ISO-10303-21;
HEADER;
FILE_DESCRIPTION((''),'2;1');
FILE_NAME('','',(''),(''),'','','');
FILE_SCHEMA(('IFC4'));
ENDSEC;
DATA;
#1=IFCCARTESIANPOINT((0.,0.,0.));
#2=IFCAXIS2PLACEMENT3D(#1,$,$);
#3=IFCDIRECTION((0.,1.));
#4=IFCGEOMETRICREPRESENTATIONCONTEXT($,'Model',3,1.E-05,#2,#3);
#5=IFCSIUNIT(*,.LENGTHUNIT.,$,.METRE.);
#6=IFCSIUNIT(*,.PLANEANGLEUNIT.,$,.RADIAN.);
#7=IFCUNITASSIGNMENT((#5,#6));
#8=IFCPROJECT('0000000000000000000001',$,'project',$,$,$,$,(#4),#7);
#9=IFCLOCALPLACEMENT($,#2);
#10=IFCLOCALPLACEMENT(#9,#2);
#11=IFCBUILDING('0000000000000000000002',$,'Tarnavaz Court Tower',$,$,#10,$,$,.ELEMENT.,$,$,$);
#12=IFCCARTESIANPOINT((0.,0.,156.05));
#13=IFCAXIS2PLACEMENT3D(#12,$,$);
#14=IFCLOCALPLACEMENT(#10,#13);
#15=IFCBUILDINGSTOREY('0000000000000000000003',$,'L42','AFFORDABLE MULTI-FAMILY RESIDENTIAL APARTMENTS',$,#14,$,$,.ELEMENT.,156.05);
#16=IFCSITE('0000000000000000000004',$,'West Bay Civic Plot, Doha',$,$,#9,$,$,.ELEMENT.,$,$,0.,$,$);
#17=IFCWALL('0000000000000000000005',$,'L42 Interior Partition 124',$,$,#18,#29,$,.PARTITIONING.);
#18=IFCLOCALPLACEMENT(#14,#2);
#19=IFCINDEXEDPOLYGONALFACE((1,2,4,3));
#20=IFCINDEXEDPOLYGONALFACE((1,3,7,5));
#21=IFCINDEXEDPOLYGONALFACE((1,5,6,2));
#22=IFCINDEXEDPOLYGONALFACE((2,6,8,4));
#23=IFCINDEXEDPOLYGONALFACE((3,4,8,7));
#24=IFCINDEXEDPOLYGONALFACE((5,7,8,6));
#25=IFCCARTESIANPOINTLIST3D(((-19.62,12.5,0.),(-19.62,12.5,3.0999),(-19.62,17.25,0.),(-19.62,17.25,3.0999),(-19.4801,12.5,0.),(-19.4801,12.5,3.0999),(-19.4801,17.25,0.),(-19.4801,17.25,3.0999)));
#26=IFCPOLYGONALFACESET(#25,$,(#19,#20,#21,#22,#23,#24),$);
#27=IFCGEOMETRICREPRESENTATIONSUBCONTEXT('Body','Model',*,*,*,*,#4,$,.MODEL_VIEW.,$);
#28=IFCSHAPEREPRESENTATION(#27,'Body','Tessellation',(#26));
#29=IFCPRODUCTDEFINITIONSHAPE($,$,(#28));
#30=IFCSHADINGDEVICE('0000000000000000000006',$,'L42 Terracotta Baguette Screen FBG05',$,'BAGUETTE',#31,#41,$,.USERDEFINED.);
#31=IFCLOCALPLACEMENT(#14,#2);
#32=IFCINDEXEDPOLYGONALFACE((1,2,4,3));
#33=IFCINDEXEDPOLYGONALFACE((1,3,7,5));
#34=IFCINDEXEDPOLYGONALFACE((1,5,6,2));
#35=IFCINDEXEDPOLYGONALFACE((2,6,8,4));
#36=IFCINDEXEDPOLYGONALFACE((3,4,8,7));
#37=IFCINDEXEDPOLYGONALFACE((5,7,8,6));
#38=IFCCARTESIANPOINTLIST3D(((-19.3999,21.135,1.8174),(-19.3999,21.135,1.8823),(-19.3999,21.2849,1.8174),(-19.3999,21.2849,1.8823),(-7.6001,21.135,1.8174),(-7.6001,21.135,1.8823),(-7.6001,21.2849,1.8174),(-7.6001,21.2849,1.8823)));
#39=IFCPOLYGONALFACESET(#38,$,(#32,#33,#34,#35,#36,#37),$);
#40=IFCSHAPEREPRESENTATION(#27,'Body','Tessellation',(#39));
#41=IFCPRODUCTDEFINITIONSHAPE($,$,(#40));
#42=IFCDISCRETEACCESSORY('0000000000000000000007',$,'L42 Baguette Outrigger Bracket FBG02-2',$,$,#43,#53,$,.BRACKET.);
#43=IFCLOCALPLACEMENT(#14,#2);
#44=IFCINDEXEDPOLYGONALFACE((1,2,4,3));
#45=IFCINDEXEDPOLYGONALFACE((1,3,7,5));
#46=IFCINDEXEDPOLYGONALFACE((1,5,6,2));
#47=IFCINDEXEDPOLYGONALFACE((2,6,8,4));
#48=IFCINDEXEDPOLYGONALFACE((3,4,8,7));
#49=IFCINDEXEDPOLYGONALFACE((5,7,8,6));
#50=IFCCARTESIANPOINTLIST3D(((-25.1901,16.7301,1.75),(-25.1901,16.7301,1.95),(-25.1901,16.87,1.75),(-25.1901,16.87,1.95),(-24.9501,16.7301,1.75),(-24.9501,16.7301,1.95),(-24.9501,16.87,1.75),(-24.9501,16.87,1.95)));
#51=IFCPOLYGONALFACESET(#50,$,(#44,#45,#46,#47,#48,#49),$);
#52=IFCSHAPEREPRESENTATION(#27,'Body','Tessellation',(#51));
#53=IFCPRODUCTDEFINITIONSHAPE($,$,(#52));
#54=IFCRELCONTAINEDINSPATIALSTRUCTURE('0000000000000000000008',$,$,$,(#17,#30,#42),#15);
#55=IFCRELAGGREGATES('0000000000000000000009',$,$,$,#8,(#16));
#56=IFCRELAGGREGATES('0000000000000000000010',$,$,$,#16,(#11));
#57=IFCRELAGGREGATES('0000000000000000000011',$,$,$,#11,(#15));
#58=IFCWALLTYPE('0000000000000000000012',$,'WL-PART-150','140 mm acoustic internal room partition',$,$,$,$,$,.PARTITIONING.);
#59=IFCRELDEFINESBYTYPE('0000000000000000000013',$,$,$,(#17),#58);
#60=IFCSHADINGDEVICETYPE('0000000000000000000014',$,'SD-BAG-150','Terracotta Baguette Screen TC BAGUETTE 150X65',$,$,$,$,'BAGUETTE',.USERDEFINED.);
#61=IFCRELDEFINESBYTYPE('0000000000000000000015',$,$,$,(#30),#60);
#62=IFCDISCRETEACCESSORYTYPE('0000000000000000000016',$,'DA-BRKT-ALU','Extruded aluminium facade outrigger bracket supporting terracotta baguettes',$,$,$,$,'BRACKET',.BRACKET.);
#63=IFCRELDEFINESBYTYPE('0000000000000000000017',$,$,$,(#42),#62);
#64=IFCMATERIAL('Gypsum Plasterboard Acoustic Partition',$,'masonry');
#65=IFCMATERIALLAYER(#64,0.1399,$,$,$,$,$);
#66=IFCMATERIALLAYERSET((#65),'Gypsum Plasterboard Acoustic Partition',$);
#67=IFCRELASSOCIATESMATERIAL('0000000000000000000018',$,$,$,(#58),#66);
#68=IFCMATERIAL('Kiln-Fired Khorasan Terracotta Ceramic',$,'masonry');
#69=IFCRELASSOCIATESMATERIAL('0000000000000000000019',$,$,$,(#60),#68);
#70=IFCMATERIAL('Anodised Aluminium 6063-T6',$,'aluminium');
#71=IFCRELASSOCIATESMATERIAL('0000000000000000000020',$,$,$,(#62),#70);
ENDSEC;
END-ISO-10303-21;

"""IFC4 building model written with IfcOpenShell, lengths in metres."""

from ifc_helpers import new_model, si_unit, direction, frame, frame_2d, origin, origin_2d, place, context, subcontext, project, spatial, rectangle, extrude, material, layer, layer_set, material_profile, profile_set, type_object, element, save


model = new_model("IFC4")

# Units and contexts
model_context = context("Model", 3, precision=1e-05, world=origin(), true_north=direction((0.0, 1.0)))
body_context = subcontext(model_context, "Body", "Model", "MODEL_VIEW")
ifc_project = project(units=[si_unit("LENGTHUNIT", "METRE"), si_unit("PLANEANGLEUNIT", "RADIAN")], contexts=[model_context])

# Site, building, storey
site_placement = place(None, origin())
site = spatial("IfcSite", under=ifc_project, at=site_placement, Name="West Bay Civic Plot, Doha", CompositionType="ELEMENT", RefElevation=0.0)
building_placement = place(site_placement, origin())
building = spatial("IfcBuilding", under=site, at=building_placement, Name="Tarnavaz Court Tower", CompositionType="ELEMENT")
storey_placement = place(building_placement, frame((0.0, 0.0, 156.05)))
storey = spatial("IfcBuildingStorey", under=building, at=storey_placement, Name="L42", Description="AFFORDABLE MULTI-FAMILY RESIDENTIAL APARTMENTS", CompositionType="ELEMENT", Elevation=156.05)

# Wall
ifc_material_1 = material(Name="Gypsum Plasterboard Acoustic Partition", Category="masonry")
ifc_layer_1 = layer(ifc_material_1, 0.1399)
ifc_layer_set_1 = layer_set([ifc_layer_1], Name="Gypsum Plasterboard Acoustic Partition")
wall_type_1 = type_object("IfcWallType", Name="WL-PART-150", Description="140 mm acoustic internal room partition", PredefinedType="PARTITIONING", material=ifc_layer_set_1)
wall_1_placement = place(storey_placement, frame((-19.55, 12.5, 0.0), z_axis=(0.0, 0.0, 1.0), x_axis=(0.0, 1.0, 0.0)))
element("IfcWall", 1, at=wall_1_placement, inside=storey, type_object=wall_type_1, Name="L42 Interior Partition 124", PredefinedType="PARTITIONING", context=body_context, shape_type="SweptSolid", body=[
    extrude(rectangle(XDim=4.75, YDim=0.1399, at=frame_2d((2.375, 0.0))), origin(), (0.0, 0.0, 1.0), 3.0999),
])

# Shading device
ifc_material_2 = material(Name="Kiln-Fired Khorasan Terracotta Ceramic", Category="masonry")
ifc_material_profile_1 = material_profile(ifc_material_2, rectangle(XDim=0.1499, YDim=0.0649, at=origin_2d()), Name="TC BAGUETTE 150X65")
ifc_profile_set_1 = profile_set([ifc_material_profile_1], Name="Kiln-Fired Khorasan Terracotta Ceramic")
shading_device_type = type_object("IfcShadingDeviceType", Name="SD-BAG-150", Description="Terracotta Baguette Screen TC BAGUETTE 150X65", ElementType="BAGUETTE", PredefinedType="USERDEFINED", material=ifc_profile_set_1)
shading_device_placement = place(storey_placement, frame((-19.3999, 21.21, 1.8499), z_axis=(1.0, 0.0, 0.0), x_axis=(0.0, 1.0, 0.0)))
element("IfcShadingDevice", 2, at=shading_device_placement, inside=storey, type_object=shading_device_type, Name="L42 Terracotta Baguette Screen FBG05", ObjectType="BAGUETTE", PredefinedType="USERDEFINED", context=body_context, shape_type="SweptSolid", body=[
    extrude(rectangle(XDim=0.1499, YDim=0.0649, at=origin_2d()), origin(), (0.0, 0.0, 1.0), 11.7998),
])

# Discrete accessory
ifc_material_3 = material(Name="Anodised Aluminium 6063-T6", Category="aluminium")
discrete_accessory_type = type_object("IfcDiscreteAccessoryType", Name="DA-BRKT-ALU", Description="Extruded aluminium facade outrigger bracket supporting terracotta baguettes", ElementType="BRACKET", PredefinedType="BRACKET", material=ifc_material_3)
discrete_accessory_placement = place(storey_placement, frame((-25.0701, 16.8, 1.75), z_axis=(0.0, 0.0, 1.0), x_axis=(0.0, 1.0, 0.0)))
element("IfcDiscreteAccessory", 3, at=discrete_accessory_placement, inside=storey, type_object=discrete_accessory_type, Name="L42 Baguette Outrigger Bracket FBG02-2", PredefinedType="BRACKET", context=body_context, shape_type="SweptSolid", body=[
    extrude(rectangle(XDim=0.1399, YDim=0.24, at=origin_2d()), origin(), (0.0, 0.0, 1.0), 0.2),
])

save(model, "model.ifc")
